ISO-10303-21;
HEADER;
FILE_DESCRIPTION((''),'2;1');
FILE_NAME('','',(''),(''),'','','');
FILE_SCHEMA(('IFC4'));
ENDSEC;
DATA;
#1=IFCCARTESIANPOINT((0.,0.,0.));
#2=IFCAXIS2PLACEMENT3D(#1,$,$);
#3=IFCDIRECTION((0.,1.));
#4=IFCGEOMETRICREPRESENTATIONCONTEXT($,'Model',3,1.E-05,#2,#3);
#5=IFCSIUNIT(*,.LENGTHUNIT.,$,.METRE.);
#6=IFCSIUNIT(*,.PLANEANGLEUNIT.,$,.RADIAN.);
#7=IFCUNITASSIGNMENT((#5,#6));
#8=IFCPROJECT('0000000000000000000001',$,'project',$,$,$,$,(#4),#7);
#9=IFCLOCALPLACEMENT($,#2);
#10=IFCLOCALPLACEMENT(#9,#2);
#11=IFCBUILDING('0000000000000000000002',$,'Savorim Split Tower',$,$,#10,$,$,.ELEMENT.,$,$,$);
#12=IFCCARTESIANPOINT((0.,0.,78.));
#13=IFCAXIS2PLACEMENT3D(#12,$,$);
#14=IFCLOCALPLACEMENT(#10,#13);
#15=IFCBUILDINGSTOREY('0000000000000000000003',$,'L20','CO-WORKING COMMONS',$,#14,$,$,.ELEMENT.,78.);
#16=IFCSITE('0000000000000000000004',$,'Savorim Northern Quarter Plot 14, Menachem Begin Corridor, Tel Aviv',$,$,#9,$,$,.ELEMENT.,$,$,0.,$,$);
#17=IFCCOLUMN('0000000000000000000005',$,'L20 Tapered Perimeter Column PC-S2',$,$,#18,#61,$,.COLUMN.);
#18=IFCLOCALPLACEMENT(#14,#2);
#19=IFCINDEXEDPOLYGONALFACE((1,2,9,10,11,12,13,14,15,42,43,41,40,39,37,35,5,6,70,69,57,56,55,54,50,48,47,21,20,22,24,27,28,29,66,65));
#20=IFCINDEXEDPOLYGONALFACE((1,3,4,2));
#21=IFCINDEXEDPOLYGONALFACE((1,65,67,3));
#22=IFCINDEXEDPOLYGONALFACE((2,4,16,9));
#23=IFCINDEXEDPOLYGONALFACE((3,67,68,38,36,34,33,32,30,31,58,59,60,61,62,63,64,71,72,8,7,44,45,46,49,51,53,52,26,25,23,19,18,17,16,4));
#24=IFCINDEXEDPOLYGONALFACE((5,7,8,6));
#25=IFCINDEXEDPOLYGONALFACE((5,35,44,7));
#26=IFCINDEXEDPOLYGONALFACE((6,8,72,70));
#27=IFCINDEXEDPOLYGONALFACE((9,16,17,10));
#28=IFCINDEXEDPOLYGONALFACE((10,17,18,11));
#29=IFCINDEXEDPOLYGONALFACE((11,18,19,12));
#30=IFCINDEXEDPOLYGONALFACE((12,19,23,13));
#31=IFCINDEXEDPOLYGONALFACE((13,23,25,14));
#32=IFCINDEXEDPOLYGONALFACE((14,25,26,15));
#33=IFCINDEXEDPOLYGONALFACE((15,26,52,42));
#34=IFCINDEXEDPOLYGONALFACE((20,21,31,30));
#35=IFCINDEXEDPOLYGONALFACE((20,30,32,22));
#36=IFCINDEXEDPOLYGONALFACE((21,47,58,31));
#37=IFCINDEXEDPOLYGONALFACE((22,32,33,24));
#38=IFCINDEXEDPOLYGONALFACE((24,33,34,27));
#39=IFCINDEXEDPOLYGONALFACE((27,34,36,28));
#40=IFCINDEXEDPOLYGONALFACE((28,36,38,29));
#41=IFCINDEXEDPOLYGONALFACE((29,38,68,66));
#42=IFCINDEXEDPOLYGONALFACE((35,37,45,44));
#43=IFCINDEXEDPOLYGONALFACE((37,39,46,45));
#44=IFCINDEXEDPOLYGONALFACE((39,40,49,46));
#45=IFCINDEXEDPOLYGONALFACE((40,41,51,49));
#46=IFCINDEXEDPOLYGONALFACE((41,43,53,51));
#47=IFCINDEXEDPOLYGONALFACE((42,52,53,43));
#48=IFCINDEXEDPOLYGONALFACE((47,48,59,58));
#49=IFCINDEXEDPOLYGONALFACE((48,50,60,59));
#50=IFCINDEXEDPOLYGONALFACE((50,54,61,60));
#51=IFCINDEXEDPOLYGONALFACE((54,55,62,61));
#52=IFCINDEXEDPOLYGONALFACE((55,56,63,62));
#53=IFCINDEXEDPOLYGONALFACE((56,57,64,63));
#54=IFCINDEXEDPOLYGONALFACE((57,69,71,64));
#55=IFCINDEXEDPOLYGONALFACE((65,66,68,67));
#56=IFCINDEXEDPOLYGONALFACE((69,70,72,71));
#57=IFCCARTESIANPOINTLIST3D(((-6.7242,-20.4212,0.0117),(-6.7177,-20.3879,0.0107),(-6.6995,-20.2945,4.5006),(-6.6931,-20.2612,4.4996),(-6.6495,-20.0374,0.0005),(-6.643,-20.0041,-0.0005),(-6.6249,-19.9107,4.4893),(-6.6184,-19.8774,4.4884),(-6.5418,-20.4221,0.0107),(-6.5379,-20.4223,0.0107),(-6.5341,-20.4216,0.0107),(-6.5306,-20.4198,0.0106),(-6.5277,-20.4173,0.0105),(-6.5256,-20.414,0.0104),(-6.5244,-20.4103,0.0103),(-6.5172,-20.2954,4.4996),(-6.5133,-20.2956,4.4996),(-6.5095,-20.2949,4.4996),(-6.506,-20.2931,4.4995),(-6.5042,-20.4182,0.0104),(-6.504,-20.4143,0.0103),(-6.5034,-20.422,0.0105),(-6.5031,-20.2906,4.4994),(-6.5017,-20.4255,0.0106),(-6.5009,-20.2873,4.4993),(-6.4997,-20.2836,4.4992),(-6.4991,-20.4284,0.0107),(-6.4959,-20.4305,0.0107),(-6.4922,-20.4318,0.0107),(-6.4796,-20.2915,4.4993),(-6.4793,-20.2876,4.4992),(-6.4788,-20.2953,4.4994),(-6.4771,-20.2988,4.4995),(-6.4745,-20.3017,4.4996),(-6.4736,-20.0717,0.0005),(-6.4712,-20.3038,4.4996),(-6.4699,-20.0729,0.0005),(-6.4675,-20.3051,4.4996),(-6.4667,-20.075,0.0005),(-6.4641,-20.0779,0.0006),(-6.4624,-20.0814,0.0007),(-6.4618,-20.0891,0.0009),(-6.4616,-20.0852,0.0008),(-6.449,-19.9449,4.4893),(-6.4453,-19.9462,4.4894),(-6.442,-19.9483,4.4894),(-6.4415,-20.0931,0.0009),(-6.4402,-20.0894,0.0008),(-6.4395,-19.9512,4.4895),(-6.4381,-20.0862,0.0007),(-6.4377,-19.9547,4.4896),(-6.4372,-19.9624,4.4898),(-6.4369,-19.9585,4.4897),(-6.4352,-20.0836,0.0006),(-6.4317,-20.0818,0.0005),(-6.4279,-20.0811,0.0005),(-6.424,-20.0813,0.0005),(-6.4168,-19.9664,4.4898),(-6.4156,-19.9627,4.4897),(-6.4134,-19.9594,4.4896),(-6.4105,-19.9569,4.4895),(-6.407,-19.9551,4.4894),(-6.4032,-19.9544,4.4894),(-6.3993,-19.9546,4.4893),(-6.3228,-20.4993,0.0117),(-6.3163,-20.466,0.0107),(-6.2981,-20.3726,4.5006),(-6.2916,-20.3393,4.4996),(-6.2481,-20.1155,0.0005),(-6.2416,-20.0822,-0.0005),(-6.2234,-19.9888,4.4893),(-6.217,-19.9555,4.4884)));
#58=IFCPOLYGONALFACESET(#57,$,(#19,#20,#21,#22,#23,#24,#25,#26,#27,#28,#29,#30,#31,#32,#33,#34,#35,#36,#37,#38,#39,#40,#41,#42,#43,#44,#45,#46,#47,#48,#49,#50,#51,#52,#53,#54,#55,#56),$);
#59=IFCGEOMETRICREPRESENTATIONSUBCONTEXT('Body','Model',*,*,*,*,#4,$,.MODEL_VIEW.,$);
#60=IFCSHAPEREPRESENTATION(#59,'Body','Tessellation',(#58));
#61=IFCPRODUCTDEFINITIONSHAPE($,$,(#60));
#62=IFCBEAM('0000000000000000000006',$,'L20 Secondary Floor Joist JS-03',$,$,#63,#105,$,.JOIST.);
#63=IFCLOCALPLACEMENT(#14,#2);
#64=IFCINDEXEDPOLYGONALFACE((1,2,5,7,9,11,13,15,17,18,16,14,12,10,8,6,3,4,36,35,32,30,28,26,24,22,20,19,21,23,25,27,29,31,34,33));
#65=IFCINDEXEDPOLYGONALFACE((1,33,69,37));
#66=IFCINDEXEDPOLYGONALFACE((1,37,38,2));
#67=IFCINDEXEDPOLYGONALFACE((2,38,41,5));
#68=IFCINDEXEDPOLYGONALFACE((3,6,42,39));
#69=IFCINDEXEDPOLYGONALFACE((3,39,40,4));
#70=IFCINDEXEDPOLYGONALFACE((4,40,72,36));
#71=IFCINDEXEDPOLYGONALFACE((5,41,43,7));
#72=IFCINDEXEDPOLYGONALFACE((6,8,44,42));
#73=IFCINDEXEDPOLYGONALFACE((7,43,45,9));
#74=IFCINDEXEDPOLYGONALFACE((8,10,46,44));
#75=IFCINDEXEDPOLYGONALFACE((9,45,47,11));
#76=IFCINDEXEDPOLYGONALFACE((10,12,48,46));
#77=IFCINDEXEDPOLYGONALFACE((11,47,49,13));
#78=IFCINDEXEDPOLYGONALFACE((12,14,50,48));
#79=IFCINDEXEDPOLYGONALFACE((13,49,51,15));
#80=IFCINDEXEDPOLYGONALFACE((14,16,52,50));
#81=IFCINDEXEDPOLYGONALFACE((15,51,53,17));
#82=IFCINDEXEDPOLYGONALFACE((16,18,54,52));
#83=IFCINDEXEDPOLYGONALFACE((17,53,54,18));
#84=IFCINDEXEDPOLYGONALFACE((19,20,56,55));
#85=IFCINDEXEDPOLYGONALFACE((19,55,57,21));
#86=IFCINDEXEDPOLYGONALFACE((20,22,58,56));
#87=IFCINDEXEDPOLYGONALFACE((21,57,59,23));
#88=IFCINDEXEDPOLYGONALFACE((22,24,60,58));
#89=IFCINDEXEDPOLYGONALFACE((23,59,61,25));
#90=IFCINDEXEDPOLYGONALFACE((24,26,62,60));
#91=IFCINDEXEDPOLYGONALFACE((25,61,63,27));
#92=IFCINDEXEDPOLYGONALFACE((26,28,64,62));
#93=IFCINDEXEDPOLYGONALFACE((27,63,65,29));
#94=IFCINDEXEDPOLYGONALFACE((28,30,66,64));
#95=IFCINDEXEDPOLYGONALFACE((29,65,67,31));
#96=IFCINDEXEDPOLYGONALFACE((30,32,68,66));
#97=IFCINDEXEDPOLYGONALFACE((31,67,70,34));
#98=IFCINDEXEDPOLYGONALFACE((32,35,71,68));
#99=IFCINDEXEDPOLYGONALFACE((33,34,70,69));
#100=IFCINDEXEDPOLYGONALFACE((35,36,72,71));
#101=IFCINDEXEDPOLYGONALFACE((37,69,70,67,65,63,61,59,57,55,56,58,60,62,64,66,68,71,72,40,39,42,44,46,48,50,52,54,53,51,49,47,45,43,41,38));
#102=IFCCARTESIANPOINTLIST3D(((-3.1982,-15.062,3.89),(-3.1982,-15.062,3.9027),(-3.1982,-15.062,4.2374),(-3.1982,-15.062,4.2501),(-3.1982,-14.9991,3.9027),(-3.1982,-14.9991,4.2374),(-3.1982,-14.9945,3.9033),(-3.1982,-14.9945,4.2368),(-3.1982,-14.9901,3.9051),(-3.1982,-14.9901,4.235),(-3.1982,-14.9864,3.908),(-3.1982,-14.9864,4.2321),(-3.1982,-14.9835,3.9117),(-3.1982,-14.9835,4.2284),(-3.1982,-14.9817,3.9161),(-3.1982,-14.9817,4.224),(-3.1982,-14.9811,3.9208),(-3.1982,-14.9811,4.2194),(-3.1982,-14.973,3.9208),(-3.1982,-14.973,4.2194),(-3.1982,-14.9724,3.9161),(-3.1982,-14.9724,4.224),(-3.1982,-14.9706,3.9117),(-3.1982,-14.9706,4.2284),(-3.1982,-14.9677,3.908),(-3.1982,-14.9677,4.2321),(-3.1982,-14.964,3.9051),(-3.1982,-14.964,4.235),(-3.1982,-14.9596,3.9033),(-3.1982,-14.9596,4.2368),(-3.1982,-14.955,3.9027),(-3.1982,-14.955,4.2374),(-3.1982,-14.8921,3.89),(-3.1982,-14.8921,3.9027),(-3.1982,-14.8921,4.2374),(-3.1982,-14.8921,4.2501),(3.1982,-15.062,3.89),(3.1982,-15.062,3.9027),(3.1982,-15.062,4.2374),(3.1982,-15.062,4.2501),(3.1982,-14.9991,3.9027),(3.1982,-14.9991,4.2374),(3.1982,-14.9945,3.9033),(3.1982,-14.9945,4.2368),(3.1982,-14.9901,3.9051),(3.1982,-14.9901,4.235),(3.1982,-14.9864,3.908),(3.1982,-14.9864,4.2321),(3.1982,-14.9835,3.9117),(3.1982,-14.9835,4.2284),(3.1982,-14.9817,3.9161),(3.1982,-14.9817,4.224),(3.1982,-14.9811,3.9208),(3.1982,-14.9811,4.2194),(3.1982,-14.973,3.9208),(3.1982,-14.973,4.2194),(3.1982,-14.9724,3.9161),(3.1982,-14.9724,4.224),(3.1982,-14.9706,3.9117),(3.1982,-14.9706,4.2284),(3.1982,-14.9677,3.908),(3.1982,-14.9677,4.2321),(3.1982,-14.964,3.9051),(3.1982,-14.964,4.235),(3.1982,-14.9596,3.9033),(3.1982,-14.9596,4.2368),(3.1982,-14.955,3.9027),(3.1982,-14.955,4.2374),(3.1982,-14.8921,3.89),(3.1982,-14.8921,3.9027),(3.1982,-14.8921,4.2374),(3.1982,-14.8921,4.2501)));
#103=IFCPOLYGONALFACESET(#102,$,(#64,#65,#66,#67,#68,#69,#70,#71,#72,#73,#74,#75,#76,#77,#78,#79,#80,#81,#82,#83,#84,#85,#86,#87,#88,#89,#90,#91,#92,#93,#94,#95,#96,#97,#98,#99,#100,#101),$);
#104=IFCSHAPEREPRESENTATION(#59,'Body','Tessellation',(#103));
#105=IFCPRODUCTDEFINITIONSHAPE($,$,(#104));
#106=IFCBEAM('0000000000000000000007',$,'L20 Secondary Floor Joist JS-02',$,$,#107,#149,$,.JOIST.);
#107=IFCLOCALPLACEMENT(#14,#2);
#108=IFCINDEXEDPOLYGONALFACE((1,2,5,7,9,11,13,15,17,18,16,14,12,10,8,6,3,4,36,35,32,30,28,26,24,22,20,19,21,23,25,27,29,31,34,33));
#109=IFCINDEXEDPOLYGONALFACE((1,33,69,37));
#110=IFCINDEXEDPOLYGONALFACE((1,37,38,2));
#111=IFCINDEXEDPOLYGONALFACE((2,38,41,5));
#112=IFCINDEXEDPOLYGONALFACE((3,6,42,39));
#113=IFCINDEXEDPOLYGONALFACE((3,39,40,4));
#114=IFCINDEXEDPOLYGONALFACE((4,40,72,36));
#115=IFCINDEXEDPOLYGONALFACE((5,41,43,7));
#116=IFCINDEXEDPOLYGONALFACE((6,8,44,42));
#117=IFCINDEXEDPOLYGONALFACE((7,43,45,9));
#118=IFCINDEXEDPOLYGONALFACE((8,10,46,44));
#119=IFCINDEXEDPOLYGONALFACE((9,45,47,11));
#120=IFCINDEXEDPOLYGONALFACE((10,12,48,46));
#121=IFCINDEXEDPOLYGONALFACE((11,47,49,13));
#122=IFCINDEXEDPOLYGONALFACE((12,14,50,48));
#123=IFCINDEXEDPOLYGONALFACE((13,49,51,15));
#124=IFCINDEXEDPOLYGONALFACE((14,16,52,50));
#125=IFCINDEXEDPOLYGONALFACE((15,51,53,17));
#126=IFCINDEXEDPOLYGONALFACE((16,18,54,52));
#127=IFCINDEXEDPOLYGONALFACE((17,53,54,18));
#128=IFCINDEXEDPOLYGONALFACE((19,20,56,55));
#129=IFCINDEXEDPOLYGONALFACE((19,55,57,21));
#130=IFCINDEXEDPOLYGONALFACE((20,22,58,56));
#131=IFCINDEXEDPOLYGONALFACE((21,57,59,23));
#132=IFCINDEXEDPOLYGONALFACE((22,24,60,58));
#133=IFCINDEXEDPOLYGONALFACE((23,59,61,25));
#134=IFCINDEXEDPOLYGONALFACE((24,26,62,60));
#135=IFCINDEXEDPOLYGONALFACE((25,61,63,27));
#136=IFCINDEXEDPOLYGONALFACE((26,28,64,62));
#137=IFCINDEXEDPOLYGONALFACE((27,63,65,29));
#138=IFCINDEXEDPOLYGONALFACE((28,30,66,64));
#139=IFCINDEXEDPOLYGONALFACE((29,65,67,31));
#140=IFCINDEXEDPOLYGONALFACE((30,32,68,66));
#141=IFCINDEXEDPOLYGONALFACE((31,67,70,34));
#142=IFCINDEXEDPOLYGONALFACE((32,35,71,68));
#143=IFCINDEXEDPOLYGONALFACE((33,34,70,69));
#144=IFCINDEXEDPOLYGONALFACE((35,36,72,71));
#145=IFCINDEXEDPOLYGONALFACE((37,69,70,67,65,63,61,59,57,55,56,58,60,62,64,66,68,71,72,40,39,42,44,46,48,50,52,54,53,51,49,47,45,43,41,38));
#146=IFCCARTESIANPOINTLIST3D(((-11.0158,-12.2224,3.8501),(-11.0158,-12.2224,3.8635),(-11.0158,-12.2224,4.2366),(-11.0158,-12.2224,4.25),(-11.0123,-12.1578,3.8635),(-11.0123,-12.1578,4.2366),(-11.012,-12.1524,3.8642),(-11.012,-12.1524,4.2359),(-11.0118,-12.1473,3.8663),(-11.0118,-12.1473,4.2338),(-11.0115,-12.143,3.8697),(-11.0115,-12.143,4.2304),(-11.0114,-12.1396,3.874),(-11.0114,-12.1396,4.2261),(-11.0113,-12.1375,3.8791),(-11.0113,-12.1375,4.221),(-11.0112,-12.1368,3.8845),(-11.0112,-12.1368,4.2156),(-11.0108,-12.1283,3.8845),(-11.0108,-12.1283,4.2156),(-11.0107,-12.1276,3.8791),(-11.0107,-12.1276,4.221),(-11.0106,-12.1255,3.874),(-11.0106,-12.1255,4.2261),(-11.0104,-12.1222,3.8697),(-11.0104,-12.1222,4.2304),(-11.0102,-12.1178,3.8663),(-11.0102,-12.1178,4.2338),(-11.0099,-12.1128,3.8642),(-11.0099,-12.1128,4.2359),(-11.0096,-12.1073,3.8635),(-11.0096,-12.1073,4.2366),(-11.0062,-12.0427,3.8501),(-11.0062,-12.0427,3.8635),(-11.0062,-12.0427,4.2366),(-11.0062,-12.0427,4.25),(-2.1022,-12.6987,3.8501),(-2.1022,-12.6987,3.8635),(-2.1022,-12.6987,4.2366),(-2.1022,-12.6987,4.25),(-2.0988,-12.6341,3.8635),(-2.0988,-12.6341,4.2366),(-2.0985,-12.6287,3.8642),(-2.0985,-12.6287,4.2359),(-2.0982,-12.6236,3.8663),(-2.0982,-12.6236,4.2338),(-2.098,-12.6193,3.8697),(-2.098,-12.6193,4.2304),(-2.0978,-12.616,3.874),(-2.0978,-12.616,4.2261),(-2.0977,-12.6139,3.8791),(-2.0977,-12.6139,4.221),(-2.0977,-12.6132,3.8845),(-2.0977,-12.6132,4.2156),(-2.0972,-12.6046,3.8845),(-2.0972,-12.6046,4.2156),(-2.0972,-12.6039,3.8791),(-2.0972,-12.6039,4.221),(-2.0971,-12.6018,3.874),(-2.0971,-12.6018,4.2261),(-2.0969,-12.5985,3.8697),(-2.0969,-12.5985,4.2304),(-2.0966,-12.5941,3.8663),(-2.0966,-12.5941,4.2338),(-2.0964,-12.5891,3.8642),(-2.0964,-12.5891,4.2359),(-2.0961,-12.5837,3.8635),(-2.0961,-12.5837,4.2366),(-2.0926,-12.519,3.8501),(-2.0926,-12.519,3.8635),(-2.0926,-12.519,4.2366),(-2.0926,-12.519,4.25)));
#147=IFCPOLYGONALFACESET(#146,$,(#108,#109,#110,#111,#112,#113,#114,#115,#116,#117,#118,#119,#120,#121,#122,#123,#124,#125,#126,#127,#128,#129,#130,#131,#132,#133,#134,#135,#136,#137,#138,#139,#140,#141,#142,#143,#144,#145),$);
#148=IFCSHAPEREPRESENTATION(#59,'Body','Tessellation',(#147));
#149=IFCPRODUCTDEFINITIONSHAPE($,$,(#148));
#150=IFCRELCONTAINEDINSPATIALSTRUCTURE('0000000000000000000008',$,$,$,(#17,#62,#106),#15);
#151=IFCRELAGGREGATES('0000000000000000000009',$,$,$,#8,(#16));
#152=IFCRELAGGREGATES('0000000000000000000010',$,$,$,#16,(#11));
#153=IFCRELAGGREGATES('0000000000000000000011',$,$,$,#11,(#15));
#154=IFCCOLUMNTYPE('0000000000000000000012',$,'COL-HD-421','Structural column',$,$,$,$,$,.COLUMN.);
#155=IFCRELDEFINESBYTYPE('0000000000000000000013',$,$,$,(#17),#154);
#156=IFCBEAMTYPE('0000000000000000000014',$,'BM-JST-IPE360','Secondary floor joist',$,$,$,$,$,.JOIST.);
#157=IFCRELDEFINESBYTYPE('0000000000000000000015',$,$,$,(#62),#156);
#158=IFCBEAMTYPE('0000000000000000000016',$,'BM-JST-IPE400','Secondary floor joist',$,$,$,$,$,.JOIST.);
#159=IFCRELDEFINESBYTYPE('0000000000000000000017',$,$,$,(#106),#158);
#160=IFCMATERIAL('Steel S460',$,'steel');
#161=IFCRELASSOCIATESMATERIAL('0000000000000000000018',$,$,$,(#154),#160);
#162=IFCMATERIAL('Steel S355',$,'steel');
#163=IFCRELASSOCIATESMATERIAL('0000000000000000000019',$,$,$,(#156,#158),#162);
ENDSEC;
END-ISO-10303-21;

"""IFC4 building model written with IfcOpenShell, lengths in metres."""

from ifc_helpers import new_model, si_unit, direction, frame, origin, origin_2d, place, context, subcontext, project, spatial, i_section, extrude, material, material_profile, profile_set, type_object, element, save


model = new_model("IFC4")

# Units and contexts
model_context = context("Model", 3, precision=1e-05, world=origin(), true_north=direction((0.0, 1.0)))
body_context = subcontext(model_context, "Body", "Model", "MODEL_VIEW")
ifc_project = project(units=[si_unit("LENGTHUNIT", "METRE"), si_unit("PLANEANGLEUNIT", "RADIAN")], contexts=[model_context])

# Site, building, storey
site_placement = place(None, origin())
site = spatial("IfcSite", under=ifc_project, at=site_placement, Name="Savorim Northern Quarter Plot 14, Menachem Begin Corridor, Tel Aviv", CompositionType="ELEMENT", RefElevation=0.0)
building_placement = place(site_placement, origin())
building = spatial("IfcBuilding", under=site, at=building_placement, Name="Savorim Split Tower", CompositionType="ELEMENT")
storey_placement = place(building_placement, frame((0.0, 0.0, 78.0)))
storey = spatial("IfcBuildingStorey", under=building, at=storey_placement, Name="L20", Description="CO-WORKING COMMONS", CompositionType="ELEMENT", Elevation=78.0)

# Column
ifc_material_1 = material(Name="Steel S460", Category="steel")
ifc_material_profile_1 = material_profile(ifc_material_1, i_section(OverallWidth=0.4089, OverallDepth=0.425, WebThickness=0.0208, FlangeThickness=0.0339, FilletRadius=0.0149, at=origin_2d()), Name="HD 400x421")
ifc_profile_set_1 = profile_set([ifc_material_profile_1], Name="Steel S460")
column_type = type_object("IfcColumnType", Name="COL-HD-421", Description="Structural column", PredefinedType="COLUMN", material=ifc_profile_set_1)
column_placement = place(storey_placement, frame((-6.4829, -20.2517, 0.0056), z_axis=(0.005491, 0.028216, 0.999587), x_axis=(-0.981586, 0.191022, 0.0)))
element("IfcColumn", 1, at=column_placement, inside=storey, type_object=column_type, Name="L20 Tapered Perimeter Column PC-S2", PredefinedType="COLUMN", context=body_context, shape_type="SweptSolid", body=[
    extrude(i_section(OverallWidth=0.4089, OverallDepth=0.425, WebThickness=0.0208, FlangeThickness=0.0339, FilletRadius=0.0149, at=origin_2d()), origin(), (0.0, 0.0, 1.0), 4.4907),
])

# Beams
ifc_material_2 = material(Name="Steel S355", Category="steel")
ifc_material_profile_2 = material_profile(ifc_material_2, i_section(OverallWidth=0.1699, OverallDepth=0.3601, WebThickness=0.0081, FlangeThickness=0.0127, FilletRadius=0.0181, at=origin_2d()), Name="IPE 360")
ifc_profile_set_2 = profile_set([ifc_material_profile_2], Name="Steel S355")
beam_type_1 = type_object("IfcBeamType", Name="BM-JST-IPE360", Description="Secondary floor joist", PredefinedType="JOIST", material=ifc_profile_set_2)
beam_1_placement = place(storey_placement, frame((-3.1982, -14.9771, 4.0701), z_axis=(1.0, 0.0, 0.0), x_axis=(0.0, 1.0, 0.0)))
element("IfcBeam", 2, at=beam_1_placement, inside=storey, type_object=beam_type_1, Name="L20 Secondary Floor Joist JS-03", PredefinedType="JOIST", context=body_context, shape_type="SweptSolid", body=[
    extrude(i_section(OverallWidth=0.1699, OverallDepth=0.3601, WebThickness=0.0081, FlangeThickness=0.0127, FilletRadius=0.0181, at=origin_2d()), origin(), (0.0, 0.0, 1.0), 6.3965),
])
ifc_material_profile_3 = material_profile(ifc_material_2, i_section(OverallWidth=0.1799, OverallDepth=0.3999, WebThickness=0.0085, FlangeThickness=0.0134, FilletRadius=0.021, at=origin_2d()), Name="IPE 400")
ifc_profile_set_3 = profile_set([ifc_material_profile_3], Name="Steel S355")
beam_type_2 = type_object("IfcBeamType", Name="BM-JST-IPE400", Description="Secondary floor joist", PredefinedType="JOIST", material=ifc_profile_set_3)
beam_2_placement = place(storey_placement, frame((-11.011, -12.1326, 4.05), z_axis=(0.998575, -0.053361, 0.0), x_axis=(0.053361, 0.998575, 0.0)))
element("IfcBeam", 3, at=beam_2_placement, inside=storey, type_object=beam_type_2, Name="L20 Secondary Floor Joist JS-02", PredefinedType="JOIST", context=body_context, shape_type="SweptSolid", body=[
    extrude(i_section(OverallWidth=0.1799, OverallDepth=0.3999, WebThickness=0.0085, FlangeThickness=0.0134, FilletRadius=0.021, at=origin_2d()), origin(), (0.0, 0.0, 1.0), 8.9263),
])

save(model, "model.ifc")
